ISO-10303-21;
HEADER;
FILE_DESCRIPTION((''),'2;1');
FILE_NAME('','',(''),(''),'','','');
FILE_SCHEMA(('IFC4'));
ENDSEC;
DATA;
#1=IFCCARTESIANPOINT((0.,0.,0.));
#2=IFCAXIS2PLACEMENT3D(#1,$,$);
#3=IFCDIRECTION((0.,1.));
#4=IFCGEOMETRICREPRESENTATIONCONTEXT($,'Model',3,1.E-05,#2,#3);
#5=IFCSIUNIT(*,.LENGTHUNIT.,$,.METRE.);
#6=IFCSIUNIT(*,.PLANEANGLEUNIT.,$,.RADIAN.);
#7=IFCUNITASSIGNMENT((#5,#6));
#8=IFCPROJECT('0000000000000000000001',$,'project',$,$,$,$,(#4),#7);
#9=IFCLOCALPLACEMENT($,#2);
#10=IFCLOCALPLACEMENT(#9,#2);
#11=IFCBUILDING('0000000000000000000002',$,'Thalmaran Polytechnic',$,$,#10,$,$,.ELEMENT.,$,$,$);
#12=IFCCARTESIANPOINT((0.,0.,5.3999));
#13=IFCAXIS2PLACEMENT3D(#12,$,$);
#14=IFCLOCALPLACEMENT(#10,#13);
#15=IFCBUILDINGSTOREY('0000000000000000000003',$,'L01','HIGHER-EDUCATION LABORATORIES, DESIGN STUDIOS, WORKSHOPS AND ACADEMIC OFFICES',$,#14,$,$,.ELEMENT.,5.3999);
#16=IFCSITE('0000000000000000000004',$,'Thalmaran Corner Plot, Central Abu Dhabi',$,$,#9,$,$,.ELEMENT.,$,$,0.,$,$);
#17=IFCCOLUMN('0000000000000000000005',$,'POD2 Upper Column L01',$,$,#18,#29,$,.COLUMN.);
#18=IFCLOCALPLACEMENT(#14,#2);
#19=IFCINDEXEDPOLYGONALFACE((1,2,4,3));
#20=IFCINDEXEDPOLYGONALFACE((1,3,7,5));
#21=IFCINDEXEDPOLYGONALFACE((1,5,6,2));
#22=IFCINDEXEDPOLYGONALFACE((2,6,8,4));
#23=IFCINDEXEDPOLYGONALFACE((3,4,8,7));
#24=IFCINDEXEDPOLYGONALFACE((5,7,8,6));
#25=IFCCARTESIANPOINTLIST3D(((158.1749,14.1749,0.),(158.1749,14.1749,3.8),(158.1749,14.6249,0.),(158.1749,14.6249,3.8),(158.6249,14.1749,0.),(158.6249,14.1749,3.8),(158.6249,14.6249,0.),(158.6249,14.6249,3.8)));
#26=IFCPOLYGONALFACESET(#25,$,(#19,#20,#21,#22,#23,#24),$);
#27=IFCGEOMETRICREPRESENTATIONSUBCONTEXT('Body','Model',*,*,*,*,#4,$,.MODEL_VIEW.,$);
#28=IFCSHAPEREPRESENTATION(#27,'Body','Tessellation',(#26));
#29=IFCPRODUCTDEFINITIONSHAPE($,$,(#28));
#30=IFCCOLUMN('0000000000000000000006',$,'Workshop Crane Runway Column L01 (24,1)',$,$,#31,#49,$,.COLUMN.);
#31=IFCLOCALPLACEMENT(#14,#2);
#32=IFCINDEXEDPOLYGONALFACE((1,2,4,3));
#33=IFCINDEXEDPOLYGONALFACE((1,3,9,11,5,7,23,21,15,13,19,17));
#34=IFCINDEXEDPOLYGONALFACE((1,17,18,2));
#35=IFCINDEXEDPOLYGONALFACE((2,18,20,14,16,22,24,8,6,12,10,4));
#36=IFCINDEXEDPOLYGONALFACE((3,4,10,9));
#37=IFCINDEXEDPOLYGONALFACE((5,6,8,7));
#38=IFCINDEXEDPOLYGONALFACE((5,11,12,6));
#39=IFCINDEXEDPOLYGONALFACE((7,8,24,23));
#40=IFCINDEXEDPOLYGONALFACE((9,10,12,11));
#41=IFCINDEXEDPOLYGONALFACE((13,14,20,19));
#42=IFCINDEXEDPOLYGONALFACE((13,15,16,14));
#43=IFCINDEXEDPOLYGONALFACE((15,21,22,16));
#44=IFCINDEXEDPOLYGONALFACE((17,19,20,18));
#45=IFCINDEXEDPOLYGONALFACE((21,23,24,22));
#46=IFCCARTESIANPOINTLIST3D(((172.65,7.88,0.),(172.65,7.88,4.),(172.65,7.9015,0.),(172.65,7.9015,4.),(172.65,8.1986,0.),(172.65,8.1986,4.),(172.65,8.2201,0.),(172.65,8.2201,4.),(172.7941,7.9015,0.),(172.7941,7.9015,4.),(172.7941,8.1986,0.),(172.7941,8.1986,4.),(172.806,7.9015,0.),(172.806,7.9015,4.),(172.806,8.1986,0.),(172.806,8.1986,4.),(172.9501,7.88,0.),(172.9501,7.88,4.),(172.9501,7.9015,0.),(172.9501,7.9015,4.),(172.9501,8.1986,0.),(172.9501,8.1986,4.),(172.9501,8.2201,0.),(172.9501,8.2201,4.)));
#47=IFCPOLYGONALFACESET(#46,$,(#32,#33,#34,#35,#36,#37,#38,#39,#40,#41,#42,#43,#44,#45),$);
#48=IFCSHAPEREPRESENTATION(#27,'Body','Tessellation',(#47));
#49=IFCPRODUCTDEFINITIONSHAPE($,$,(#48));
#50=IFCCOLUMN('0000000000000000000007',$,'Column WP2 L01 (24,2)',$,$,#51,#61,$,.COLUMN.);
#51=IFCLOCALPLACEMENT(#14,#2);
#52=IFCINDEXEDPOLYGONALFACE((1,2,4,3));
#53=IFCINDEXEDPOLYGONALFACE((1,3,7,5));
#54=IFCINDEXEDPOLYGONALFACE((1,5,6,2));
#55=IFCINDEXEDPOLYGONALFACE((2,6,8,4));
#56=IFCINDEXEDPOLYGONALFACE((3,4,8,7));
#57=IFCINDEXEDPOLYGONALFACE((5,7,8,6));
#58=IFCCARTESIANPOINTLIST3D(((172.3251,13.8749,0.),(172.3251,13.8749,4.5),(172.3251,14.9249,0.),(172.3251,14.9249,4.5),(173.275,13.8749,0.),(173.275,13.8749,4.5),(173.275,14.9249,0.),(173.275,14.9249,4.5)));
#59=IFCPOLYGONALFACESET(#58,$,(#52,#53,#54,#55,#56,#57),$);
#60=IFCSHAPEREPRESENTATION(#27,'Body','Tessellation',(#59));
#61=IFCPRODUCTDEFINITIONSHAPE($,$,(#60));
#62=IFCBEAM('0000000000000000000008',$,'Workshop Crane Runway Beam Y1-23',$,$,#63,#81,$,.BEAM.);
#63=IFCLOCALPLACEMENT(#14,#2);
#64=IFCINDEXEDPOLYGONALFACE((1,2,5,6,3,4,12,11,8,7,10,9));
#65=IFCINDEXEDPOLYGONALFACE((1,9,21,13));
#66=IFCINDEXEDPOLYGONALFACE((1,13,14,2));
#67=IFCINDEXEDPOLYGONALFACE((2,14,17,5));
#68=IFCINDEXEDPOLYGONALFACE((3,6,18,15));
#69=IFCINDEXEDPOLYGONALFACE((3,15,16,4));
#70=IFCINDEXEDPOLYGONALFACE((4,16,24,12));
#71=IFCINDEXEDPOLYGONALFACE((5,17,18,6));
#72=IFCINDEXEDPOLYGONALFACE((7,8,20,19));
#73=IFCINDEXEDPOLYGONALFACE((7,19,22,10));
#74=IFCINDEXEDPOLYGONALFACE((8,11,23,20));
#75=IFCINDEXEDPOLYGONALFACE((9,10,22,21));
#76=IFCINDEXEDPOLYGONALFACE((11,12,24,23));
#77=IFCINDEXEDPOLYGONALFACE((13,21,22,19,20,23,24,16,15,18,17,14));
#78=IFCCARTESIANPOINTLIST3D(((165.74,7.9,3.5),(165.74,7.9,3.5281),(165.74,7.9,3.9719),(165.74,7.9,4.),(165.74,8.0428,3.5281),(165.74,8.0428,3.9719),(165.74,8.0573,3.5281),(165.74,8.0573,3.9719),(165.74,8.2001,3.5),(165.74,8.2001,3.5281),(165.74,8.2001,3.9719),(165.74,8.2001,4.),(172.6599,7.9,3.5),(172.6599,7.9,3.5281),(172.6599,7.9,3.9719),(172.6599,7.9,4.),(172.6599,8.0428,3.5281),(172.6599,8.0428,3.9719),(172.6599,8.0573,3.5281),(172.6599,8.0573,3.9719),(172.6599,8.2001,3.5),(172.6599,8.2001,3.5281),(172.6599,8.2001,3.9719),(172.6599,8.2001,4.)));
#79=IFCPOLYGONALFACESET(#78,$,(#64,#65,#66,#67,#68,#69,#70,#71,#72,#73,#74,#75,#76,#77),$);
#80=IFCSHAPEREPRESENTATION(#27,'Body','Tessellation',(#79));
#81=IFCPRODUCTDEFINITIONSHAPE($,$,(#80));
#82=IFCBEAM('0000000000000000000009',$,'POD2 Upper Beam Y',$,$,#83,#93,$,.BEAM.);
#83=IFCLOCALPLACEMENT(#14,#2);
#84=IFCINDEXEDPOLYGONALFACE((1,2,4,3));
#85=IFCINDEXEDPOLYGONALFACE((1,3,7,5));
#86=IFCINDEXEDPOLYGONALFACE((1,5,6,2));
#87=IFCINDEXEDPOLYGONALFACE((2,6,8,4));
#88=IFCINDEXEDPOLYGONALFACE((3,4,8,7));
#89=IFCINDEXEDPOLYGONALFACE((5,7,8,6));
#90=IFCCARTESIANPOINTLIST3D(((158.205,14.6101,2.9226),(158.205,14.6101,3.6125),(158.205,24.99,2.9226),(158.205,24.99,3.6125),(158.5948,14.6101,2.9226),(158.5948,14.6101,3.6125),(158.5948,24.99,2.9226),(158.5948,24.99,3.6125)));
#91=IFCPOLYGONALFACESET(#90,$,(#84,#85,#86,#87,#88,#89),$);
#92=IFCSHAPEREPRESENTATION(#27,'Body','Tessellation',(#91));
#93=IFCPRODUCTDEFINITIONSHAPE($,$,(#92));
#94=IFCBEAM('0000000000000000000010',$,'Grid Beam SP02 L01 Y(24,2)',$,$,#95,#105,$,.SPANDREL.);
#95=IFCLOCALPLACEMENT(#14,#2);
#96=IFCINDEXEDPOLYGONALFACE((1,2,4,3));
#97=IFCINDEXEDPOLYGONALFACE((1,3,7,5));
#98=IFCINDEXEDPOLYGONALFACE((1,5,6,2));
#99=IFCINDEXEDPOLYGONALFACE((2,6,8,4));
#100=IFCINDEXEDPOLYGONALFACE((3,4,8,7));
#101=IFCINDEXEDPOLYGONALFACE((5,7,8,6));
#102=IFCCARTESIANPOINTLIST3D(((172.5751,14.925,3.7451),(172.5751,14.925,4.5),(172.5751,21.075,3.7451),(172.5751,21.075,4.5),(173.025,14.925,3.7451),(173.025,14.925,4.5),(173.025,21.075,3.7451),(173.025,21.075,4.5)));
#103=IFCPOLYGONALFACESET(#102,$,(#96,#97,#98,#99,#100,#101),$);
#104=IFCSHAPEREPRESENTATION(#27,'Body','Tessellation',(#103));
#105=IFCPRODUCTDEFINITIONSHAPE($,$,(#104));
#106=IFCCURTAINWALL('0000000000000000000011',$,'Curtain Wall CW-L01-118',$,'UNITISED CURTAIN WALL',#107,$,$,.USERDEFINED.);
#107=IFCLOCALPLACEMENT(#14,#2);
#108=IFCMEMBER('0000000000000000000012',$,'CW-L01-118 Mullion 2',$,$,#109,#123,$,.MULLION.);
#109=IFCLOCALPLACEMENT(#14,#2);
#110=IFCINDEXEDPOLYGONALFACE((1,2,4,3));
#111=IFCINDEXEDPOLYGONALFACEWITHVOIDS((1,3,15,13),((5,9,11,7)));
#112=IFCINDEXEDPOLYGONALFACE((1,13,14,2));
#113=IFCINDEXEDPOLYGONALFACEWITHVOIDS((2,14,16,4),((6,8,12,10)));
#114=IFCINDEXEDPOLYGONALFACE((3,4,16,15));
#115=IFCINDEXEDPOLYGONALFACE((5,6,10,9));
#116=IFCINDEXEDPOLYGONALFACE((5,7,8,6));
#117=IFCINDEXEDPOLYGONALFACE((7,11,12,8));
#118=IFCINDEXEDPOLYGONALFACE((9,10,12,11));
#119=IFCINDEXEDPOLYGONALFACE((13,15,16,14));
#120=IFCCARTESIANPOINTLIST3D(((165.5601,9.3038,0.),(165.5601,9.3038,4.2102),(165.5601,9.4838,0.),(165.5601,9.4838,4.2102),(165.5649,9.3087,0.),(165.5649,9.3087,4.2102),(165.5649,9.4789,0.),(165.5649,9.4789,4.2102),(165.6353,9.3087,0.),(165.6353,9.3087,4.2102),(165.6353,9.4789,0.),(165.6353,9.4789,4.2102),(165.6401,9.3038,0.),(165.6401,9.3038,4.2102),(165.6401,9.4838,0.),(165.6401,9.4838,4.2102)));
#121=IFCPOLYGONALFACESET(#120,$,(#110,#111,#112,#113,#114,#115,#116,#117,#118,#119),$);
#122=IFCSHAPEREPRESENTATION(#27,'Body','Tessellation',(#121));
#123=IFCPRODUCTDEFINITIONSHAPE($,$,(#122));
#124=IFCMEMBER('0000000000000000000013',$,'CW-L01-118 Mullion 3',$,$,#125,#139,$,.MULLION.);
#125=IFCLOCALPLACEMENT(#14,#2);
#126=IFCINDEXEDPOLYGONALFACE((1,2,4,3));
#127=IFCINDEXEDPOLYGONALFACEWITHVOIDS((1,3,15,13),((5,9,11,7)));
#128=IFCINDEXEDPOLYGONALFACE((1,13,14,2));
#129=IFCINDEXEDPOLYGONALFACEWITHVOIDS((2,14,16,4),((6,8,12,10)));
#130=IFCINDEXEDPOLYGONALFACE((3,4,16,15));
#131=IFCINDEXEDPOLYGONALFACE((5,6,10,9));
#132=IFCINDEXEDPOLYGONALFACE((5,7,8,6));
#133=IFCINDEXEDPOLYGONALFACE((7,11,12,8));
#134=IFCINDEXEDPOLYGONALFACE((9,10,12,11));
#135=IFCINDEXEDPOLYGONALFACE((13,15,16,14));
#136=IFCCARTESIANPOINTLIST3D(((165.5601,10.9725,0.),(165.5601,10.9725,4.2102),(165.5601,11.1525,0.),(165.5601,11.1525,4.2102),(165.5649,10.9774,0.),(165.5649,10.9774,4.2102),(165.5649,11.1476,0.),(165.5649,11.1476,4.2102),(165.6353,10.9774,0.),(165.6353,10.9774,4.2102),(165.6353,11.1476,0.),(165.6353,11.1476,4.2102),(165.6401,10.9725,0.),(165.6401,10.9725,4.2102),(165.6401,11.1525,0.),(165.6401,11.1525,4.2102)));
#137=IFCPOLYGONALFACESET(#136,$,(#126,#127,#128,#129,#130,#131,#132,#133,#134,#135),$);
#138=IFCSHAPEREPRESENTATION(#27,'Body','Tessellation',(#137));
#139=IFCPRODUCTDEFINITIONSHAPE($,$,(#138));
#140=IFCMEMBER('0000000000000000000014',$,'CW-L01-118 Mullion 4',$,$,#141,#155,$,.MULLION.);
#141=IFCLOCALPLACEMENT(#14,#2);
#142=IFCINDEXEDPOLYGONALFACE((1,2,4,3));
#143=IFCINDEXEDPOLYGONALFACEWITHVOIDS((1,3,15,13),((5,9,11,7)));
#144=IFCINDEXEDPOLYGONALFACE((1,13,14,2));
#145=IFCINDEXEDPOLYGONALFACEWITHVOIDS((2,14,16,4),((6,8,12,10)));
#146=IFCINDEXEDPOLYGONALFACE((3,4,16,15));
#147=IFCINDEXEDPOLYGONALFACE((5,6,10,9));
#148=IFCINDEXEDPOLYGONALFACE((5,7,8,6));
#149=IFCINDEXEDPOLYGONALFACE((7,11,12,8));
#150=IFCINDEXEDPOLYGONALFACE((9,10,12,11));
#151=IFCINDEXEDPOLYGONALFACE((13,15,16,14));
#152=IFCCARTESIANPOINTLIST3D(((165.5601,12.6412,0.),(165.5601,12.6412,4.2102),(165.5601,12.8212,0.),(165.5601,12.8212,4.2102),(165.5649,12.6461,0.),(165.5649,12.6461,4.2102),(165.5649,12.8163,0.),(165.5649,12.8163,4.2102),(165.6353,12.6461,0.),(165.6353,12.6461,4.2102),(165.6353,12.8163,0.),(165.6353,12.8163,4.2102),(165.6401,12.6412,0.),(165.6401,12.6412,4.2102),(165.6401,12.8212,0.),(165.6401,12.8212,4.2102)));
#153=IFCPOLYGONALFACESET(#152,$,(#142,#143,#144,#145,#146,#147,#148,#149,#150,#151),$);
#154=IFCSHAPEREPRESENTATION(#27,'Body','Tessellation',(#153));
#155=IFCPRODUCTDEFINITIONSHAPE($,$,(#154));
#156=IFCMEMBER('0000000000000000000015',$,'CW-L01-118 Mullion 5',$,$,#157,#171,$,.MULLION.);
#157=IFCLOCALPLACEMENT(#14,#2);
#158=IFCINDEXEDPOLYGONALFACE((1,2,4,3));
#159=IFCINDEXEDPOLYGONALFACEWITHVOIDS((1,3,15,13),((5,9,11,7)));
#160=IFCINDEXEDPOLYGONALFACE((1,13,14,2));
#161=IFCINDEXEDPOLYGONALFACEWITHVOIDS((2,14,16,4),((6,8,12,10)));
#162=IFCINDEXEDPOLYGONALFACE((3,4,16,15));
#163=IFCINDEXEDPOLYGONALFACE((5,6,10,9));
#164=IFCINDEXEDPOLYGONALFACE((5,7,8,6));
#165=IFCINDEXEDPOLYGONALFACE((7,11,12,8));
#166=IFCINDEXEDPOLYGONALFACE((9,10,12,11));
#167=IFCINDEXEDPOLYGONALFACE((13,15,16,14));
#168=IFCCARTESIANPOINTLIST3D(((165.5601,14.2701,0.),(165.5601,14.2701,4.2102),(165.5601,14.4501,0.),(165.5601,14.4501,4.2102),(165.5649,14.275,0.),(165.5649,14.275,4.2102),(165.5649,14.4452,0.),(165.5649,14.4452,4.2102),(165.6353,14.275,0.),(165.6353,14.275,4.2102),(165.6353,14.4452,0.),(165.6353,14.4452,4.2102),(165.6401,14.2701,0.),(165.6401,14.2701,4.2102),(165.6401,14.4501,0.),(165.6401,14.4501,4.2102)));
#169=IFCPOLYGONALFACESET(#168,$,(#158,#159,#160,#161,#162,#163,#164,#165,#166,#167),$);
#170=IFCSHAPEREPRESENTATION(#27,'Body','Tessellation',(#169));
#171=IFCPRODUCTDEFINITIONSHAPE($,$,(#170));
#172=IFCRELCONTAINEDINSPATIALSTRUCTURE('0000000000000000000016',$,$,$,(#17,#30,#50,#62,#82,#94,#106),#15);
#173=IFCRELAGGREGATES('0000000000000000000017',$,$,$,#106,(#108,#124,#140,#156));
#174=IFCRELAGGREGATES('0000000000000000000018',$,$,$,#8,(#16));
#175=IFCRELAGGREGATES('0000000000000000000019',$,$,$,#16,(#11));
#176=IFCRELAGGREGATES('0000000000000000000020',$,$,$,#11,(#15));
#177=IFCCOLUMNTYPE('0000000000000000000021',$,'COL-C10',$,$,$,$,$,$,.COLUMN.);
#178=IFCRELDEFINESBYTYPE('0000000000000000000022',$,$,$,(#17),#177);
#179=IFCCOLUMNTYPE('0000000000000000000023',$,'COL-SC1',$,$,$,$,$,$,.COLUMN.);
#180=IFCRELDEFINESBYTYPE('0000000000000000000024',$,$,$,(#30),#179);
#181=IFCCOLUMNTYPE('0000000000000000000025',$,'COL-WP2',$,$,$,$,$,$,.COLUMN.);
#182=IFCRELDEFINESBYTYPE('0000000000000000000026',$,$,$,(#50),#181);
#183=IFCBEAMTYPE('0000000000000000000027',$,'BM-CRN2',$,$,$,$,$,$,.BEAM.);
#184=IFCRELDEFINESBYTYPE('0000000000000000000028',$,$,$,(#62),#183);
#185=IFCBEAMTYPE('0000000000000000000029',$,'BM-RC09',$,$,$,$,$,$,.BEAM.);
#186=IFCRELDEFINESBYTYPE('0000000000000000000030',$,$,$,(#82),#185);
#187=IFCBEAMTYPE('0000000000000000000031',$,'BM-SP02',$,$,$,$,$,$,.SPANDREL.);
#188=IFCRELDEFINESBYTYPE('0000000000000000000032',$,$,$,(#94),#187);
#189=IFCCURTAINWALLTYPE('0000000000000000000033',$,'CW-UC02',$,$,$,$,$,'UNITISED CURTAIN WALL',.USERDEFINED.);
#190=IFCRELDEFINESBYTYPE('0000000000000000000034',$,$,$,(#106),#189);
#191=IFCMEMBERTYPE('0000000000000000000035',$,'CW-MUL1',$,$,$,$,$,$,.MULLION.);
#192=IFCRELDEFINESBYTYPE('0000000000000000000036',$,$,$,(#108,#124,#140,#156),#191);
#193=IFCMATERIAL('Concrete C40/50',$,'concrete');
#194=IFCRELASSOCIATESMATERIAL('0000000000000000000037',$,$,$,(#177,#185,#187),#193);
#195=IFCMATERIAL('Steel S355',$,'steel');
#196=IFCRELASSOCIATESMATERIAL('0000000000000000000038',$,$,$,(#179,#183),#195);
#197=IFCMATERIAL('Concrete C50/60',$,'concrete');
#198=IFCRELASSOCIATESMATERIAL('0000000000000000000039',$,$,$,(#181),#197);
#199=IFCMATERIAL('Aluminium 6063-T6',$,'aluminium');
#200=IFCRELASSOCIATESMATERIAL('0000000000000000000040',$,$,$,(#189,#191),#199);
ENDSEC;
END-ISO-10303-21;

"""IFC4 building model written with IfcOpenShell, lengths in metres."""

from ifc_helpers import new_model, si_unit, direction, frame, origin, origin_2d, place, context, subcontext, project, spatial, rectangle, hollow_rectangle, i_section, extrude, material, material_profile, profile_set, type_object, element, aggregate, save


model = new_model("IFC4")

# Units and contexts
model_context = context("Model", 3, precision=1e-05, world=origin(), true_north=direction((0.0, 1.0)))
body_context = subcontext(model_context, "Body", "Model", "MODEL_VIEW")
ifc_project = project(units=[si_unit("LENGTHUNIT", "METRE"), si_unit("PLANEANGLEUNIT", "RADIAN")], contexts=[model_context])

# Site, building, storey
site_placement = place(None, origin())
site = spatial("IfcSite", under=ifc_project, at=site_placement, Name="Thalmaran Corner Plot, Central Abu Dhabi", CompositionType="ELEMENT", RefElevation=0.0)
building_placement = place(site_placement, origin())
building = spatial("IfcBuilding", under=site, at=building_placement, Name="Thalmaran Polytechnic", CompositionType="ELEMENT")
storey_placement = place(building_placement, frame((0.0, 0.0, 5.3999)))
storey = spatial("IfcBuildingStorey", under=building, at=storey_placement, Name="L01", Description="HIGHER-EDUCATION LABORATORIES, DESIGN STUDIOS, WORKSHOPS AND ACADEMIC OFFICES", CompositionType="ELEMENT", Elevation=5.3999)

# Columns
ifc_material_1 = material(Name="Concrete C40/50", Category="concrete")
ifc_material_profile_1 = material_profile(ifc_material_1, rectangle(XDim=0.45, YDim=0.45, at=origin_2d()), Name="RC 450x450")
ifc_profile_set_1 = profile_set([ifc_material_profile_1], Name="Concrete C40/50")
column_type_1 = type_object("IfcColumnType", Name="COL-C10", PredefinedType="COLUMN", material=ifc_profile_set_1)
column_1_placement = place(storey_placement, frame((158.3999, 14.3999, 0.0), z_axis=(0.0, 0.0, 1.0), x_axis=(1.0, 0.0, 0.0)))
element("IfcColumn", 1, at=column_1_placement, inside=storey, type_object=column_type_1, Name="POD2 Upper Column L01", PredefinedType="COLUMN", context=body_context, shape_type="SweptSolid", body=[
    extrude(rectangle(XDim=0.45, YDim=0.45, at=origin_2d()), origin(), (0.0, 0.0, 1.0), 3.8),
])
ifc_material_2 = material(Name="Steel S355", Category="steel")
ifc_material_profile_2 = material_profile(ifc_material_2, i_section(OverallWidth=0.3, OverallDepth=0.3401, WebThickness=0.012, FlangeThickness=0.0215, at=origin_2d()), Name="HEB 340")
ifc_profile_set_2 = profile_set([ifc_material_profile_2], Name="Steel S355")
column_type_2 = type_object("IfcColumnType", Name="COL-SC1", PredefinedType="COLUMN", material=ifc_profile_set_2)
column_2_placement = place(storey_placement, frame((172.8, 8.05, 0.0), z_axis=(0.0, 0.0, 1.0), x_axis=(1.0, 0.0, 0.0)))
element("IfcColumn", 2, at=column_2_placement, inside=storey, type_object=column_type_2, Name="Workshop Crane Runway Column L01 (24,1)", PredefinedType="COLUMN", context=body_context, shape_type="SweptSolid", body=[
    extrude(i_section(OverallWidth=0.3, OverallDepth=0.3401, WebThickness=0.012, FlangeThickness=0.0215, at=origin_2d()), origin(), (0.0, 0.0, 1.0), 4.0),
])
ifc_material_3 = material(Name="Concrete C50/60", Category="concrete")
ifc_material_profile_3 = material_profile(ifc_material_3, rectangle(XDim=0.95, YDim=1.05, at=origin_2d()), Name="RC 950x1050")
ifc_profile_set_3 = profile_set([ifc_material_profile_3], Name="Concrete C50/60")
column_type_3 = type_object("IfcColumnType", Name="COL-WP2", PredefinedType="COLUMN", material=ifc_profile_set_3)
column_3_placement = place(storey_placement, frame((172.8, 14.3999, 0.0), z_axis=(0.0, 0.0, 1.0), x_axis=(1.0, 0.0, 0.0)))
element("IfcColumn", 3, at=column_3_placement, inside=storey, type_object=column_type_3, Name="Column WP2 L01 (24,2)", PredefinedType="COLUMN", context=body_context, shape_type="SweptSolid", body=[
    extrude(rectangle(XDim=0.95, YDim=1.05, at=origin_2d()), origin(), (0.0, 0.0, 1.0), 4.5),
])

# Beams
ifc_material_profile_4 = material_profile(ifc_material_2, i_section(OverallWidth=0.3, OverallDepth=0.5, WebThickness=0.0144, FlangeThickness=0.0281, at=origin_2d()), Name="HEB 500")
ifc_profile_set_4 = profile_set([ifc_material_profile_4], Name="Steel S355")
beam_type_1 = type_object("IfcBeamType", Name="BM-CRN2", PredefinedType="BEAM", material=ifc_profile_set_4)
beam_1_placement = place(storey_placement, frame((165.74, 8.05, 3.75), z_axis=(1.0, 0.0, 0.0), x_axis=(0.0, 1.0, 0.0)))
element("IfcBeam", 4, at=beam_1_placement, inside=storey, type_object=beam_type_1, Name="Workshop Crane Runway Beam Y1-23", PredefinedType="BEAM", context=body_context, shape_type="SweptSolid", body=[
    extrude(i_section(OverallWidth=0.3, OverallDepth=0.5, WebThickness=0.0144, FlangeThickness=0.0281, at=origin_2d()), origin(), (0.0, 0.0, 1.0), 6.9199),
])
ifc_material_profile_5 = material_profile(ifc_material_1, rectangle(XDim=0.3899, YDim=0.6899, at=origin_2d()), Name="RC 390x690")
ifc_profile_set_5 = profile_set([ifc_material_profile_5], Name="Concrete C40/50")
beam_type_2 = type_object("IfcBeamType", Name="BM-RC09", PredefinedType="BEAM", material=ifc_profile_set_5)
beam_2_placement = place(storey_placement, frame((158.3999, 14.6101, 3.2676), z_axis=(0.0, 1.0, 0.0), x_axis=(-1.0, 0.0, 0.0)))
element("IfcBeam", 5, at=beam_2_placement, inside=storey, type_object=beam_type_2, Name="POD2 Upper Beam Y", PredefinedType="BEAM", context=body_context, shape_type="SweptSolid", body=[
    extrude(rectangle(XDim=0.3899, YDim=0.6899, at=origin_2d()), origin(), (0.0, 0.0, 1.0), 10.3799),
])
ifc_material_profile_6 = material_profile(ifc_material_1, rectangle(XDim=0.45, YDim=0.7549, at=origin_2d()), Name="RC 450x755")
ifc_profile_set_6 = profile_set([ifc_material_profile_6], Name="Concrete C40/50")
beam_type_3 = type_object("IfcBeamType", Name="BM-SP02", PredefinedType="SPANDREL", material=ifc_profile_set_6)
beam_3_placement = place(storey_placement, frame((172.8, 14.925, 4.1226), z_axis=(0.0, 1.0, 0.0), x_axis=(-1.0, 0.0, 0.0)))
element("IfcBeam", 6, at=beam_3_placement, inside=storey, type_object=beam_type_3, Name="Grid Beam SP02 L01 Y(24,2)", PredefinedType="SPANDREL", context=body_context, shape_type="SweptSolid", body=[
    extrude(rectangle(XDim=0.45, YDim=0.7549, at=origin_2d()), origin(), (0.0, 0.0, 1.0), 6.1499),
])

# Curtain wall, members
ifc_material_4 = material(Name="Aluminium 6063-T6", Category="aluminium")
curtain_wall_type = type_object("IfcCurtainWallType", Name="CW-UC02", ElementType="UNITISED CURTAIN WALL", PredefinedType="USERDEFINED", material=ifc_material_4)
curtain_wall_1_placement = place(storey_placement, origin())
curtain_wall_1 = element("IfcCurtainWall", 7, at=curtain_wall_1_placement, inside=storey, type_object=curtain_wall_type, Name="Curtain Wall CW-L01-118", ObjectType="UNITISED CURTAIN WALL", PredefinedType="USERDEFINED")
ifc_material_profile_7 = material_profile(ifc_material_4, hollow_rectangle(XDim=0.0801, YDim=0.1799, WallThickness=0.0049, at=origin_2d()), Name="RHS 180x80x5.0")
ifc_profile_set_7 = profile_set([ifc_material_profile_7], Name="Aluminium 6063-T6")
member_type_1 = type_object("IfcMemberType", Name="CW-MUL1", PredefinedType="MULLION", material=ifc_profile_set_7)
member_1_placement = place(storey_placement, frame((165.6001, 9.3938, 0.0), z_axis=(0.0, 0.0, 1.0), x_axis=(1.0, 0.0, 0.0)))
member_1 = element("IfcMember", 8, at=member_1_placement, type_object=member_type_1, Name="CW-L01-118 Mullion 2", PredefinedType="MULLION", context=body_context, shape_type="SweptSolid", body=[
    extrude(hollow_rectangle(XDim=0.0801, YDim=0.1799, WallThickness=0.0049, at=origin_2d()), origin(), (0.0, 0.0, 1.0), 4.2102),
])
member_2_placement = place(storey_placement, frame((165.6001, 11.0625, 0.0), z_axis=(0.0, 0.0, 1.0), x_axis=(1.0, 0.0, 0.0)))
member_2 = element("IfcMember", 9, at=member_2_placement, type_object=member_type_1, Name="CW-L01-118 Mullion 3", PredefinedType="MULLION", context=body_context, shape_type="SweptSolid", body=[
    extrude(hollow_rectangle(XDim=0.0801, YDim=0.1799, WallThickness=0.0049, at=origin_2d()), origin(), (0.0, 0.0, 1.0), 4.2102),
])
member_3_placement = place(storey_placement, frame((165.6001, 12.7312, 0.0), z_axis=(0.0, 0.0, 1.0), x_axis=(1.0, 0.0, 0.0)))
member_3 = element("IfcMember", 10, at=member_3_placement, type_object=member_type_1, Name="CW-L01-118 Mullion 4", PredefinedType="MULLION", context=body_context, shape_type="SweptSolid", body=[
    extrude(hollow_rectangle(XDim=0.0801, YDim=0.1799, WallThickness=0.0049, at=origin_2d()), origin(), (0.0, 0.0, 1.0), 4.2102),
])
member_4_placement = place(storey_placement, frame((165.6001, 14.3601, 0.0), z_axis=(0.0, 0.0, 1.0), x_axis=(1.0, 0.0, 0.0)))
member_4 = element("IfcMember", 11, at=member_4_placement, type_object=member_type_1, Name="CW-L01-118 Mullion 5", PredefinedType="MULLION", context=body_context, shape_type="SweptSolid", body=[
    extrude(hollow_rectangle(XDim=0.0801, YDim=0.1799, WallThickness=0.0049, at=origin_2d()), origin(), (0.0, 0.0, 1.0), 4.2102),
])

aggregate(curtain_wall_1, [member_1, member_2, member_3, member_4])

save(model, "model.ifc")
